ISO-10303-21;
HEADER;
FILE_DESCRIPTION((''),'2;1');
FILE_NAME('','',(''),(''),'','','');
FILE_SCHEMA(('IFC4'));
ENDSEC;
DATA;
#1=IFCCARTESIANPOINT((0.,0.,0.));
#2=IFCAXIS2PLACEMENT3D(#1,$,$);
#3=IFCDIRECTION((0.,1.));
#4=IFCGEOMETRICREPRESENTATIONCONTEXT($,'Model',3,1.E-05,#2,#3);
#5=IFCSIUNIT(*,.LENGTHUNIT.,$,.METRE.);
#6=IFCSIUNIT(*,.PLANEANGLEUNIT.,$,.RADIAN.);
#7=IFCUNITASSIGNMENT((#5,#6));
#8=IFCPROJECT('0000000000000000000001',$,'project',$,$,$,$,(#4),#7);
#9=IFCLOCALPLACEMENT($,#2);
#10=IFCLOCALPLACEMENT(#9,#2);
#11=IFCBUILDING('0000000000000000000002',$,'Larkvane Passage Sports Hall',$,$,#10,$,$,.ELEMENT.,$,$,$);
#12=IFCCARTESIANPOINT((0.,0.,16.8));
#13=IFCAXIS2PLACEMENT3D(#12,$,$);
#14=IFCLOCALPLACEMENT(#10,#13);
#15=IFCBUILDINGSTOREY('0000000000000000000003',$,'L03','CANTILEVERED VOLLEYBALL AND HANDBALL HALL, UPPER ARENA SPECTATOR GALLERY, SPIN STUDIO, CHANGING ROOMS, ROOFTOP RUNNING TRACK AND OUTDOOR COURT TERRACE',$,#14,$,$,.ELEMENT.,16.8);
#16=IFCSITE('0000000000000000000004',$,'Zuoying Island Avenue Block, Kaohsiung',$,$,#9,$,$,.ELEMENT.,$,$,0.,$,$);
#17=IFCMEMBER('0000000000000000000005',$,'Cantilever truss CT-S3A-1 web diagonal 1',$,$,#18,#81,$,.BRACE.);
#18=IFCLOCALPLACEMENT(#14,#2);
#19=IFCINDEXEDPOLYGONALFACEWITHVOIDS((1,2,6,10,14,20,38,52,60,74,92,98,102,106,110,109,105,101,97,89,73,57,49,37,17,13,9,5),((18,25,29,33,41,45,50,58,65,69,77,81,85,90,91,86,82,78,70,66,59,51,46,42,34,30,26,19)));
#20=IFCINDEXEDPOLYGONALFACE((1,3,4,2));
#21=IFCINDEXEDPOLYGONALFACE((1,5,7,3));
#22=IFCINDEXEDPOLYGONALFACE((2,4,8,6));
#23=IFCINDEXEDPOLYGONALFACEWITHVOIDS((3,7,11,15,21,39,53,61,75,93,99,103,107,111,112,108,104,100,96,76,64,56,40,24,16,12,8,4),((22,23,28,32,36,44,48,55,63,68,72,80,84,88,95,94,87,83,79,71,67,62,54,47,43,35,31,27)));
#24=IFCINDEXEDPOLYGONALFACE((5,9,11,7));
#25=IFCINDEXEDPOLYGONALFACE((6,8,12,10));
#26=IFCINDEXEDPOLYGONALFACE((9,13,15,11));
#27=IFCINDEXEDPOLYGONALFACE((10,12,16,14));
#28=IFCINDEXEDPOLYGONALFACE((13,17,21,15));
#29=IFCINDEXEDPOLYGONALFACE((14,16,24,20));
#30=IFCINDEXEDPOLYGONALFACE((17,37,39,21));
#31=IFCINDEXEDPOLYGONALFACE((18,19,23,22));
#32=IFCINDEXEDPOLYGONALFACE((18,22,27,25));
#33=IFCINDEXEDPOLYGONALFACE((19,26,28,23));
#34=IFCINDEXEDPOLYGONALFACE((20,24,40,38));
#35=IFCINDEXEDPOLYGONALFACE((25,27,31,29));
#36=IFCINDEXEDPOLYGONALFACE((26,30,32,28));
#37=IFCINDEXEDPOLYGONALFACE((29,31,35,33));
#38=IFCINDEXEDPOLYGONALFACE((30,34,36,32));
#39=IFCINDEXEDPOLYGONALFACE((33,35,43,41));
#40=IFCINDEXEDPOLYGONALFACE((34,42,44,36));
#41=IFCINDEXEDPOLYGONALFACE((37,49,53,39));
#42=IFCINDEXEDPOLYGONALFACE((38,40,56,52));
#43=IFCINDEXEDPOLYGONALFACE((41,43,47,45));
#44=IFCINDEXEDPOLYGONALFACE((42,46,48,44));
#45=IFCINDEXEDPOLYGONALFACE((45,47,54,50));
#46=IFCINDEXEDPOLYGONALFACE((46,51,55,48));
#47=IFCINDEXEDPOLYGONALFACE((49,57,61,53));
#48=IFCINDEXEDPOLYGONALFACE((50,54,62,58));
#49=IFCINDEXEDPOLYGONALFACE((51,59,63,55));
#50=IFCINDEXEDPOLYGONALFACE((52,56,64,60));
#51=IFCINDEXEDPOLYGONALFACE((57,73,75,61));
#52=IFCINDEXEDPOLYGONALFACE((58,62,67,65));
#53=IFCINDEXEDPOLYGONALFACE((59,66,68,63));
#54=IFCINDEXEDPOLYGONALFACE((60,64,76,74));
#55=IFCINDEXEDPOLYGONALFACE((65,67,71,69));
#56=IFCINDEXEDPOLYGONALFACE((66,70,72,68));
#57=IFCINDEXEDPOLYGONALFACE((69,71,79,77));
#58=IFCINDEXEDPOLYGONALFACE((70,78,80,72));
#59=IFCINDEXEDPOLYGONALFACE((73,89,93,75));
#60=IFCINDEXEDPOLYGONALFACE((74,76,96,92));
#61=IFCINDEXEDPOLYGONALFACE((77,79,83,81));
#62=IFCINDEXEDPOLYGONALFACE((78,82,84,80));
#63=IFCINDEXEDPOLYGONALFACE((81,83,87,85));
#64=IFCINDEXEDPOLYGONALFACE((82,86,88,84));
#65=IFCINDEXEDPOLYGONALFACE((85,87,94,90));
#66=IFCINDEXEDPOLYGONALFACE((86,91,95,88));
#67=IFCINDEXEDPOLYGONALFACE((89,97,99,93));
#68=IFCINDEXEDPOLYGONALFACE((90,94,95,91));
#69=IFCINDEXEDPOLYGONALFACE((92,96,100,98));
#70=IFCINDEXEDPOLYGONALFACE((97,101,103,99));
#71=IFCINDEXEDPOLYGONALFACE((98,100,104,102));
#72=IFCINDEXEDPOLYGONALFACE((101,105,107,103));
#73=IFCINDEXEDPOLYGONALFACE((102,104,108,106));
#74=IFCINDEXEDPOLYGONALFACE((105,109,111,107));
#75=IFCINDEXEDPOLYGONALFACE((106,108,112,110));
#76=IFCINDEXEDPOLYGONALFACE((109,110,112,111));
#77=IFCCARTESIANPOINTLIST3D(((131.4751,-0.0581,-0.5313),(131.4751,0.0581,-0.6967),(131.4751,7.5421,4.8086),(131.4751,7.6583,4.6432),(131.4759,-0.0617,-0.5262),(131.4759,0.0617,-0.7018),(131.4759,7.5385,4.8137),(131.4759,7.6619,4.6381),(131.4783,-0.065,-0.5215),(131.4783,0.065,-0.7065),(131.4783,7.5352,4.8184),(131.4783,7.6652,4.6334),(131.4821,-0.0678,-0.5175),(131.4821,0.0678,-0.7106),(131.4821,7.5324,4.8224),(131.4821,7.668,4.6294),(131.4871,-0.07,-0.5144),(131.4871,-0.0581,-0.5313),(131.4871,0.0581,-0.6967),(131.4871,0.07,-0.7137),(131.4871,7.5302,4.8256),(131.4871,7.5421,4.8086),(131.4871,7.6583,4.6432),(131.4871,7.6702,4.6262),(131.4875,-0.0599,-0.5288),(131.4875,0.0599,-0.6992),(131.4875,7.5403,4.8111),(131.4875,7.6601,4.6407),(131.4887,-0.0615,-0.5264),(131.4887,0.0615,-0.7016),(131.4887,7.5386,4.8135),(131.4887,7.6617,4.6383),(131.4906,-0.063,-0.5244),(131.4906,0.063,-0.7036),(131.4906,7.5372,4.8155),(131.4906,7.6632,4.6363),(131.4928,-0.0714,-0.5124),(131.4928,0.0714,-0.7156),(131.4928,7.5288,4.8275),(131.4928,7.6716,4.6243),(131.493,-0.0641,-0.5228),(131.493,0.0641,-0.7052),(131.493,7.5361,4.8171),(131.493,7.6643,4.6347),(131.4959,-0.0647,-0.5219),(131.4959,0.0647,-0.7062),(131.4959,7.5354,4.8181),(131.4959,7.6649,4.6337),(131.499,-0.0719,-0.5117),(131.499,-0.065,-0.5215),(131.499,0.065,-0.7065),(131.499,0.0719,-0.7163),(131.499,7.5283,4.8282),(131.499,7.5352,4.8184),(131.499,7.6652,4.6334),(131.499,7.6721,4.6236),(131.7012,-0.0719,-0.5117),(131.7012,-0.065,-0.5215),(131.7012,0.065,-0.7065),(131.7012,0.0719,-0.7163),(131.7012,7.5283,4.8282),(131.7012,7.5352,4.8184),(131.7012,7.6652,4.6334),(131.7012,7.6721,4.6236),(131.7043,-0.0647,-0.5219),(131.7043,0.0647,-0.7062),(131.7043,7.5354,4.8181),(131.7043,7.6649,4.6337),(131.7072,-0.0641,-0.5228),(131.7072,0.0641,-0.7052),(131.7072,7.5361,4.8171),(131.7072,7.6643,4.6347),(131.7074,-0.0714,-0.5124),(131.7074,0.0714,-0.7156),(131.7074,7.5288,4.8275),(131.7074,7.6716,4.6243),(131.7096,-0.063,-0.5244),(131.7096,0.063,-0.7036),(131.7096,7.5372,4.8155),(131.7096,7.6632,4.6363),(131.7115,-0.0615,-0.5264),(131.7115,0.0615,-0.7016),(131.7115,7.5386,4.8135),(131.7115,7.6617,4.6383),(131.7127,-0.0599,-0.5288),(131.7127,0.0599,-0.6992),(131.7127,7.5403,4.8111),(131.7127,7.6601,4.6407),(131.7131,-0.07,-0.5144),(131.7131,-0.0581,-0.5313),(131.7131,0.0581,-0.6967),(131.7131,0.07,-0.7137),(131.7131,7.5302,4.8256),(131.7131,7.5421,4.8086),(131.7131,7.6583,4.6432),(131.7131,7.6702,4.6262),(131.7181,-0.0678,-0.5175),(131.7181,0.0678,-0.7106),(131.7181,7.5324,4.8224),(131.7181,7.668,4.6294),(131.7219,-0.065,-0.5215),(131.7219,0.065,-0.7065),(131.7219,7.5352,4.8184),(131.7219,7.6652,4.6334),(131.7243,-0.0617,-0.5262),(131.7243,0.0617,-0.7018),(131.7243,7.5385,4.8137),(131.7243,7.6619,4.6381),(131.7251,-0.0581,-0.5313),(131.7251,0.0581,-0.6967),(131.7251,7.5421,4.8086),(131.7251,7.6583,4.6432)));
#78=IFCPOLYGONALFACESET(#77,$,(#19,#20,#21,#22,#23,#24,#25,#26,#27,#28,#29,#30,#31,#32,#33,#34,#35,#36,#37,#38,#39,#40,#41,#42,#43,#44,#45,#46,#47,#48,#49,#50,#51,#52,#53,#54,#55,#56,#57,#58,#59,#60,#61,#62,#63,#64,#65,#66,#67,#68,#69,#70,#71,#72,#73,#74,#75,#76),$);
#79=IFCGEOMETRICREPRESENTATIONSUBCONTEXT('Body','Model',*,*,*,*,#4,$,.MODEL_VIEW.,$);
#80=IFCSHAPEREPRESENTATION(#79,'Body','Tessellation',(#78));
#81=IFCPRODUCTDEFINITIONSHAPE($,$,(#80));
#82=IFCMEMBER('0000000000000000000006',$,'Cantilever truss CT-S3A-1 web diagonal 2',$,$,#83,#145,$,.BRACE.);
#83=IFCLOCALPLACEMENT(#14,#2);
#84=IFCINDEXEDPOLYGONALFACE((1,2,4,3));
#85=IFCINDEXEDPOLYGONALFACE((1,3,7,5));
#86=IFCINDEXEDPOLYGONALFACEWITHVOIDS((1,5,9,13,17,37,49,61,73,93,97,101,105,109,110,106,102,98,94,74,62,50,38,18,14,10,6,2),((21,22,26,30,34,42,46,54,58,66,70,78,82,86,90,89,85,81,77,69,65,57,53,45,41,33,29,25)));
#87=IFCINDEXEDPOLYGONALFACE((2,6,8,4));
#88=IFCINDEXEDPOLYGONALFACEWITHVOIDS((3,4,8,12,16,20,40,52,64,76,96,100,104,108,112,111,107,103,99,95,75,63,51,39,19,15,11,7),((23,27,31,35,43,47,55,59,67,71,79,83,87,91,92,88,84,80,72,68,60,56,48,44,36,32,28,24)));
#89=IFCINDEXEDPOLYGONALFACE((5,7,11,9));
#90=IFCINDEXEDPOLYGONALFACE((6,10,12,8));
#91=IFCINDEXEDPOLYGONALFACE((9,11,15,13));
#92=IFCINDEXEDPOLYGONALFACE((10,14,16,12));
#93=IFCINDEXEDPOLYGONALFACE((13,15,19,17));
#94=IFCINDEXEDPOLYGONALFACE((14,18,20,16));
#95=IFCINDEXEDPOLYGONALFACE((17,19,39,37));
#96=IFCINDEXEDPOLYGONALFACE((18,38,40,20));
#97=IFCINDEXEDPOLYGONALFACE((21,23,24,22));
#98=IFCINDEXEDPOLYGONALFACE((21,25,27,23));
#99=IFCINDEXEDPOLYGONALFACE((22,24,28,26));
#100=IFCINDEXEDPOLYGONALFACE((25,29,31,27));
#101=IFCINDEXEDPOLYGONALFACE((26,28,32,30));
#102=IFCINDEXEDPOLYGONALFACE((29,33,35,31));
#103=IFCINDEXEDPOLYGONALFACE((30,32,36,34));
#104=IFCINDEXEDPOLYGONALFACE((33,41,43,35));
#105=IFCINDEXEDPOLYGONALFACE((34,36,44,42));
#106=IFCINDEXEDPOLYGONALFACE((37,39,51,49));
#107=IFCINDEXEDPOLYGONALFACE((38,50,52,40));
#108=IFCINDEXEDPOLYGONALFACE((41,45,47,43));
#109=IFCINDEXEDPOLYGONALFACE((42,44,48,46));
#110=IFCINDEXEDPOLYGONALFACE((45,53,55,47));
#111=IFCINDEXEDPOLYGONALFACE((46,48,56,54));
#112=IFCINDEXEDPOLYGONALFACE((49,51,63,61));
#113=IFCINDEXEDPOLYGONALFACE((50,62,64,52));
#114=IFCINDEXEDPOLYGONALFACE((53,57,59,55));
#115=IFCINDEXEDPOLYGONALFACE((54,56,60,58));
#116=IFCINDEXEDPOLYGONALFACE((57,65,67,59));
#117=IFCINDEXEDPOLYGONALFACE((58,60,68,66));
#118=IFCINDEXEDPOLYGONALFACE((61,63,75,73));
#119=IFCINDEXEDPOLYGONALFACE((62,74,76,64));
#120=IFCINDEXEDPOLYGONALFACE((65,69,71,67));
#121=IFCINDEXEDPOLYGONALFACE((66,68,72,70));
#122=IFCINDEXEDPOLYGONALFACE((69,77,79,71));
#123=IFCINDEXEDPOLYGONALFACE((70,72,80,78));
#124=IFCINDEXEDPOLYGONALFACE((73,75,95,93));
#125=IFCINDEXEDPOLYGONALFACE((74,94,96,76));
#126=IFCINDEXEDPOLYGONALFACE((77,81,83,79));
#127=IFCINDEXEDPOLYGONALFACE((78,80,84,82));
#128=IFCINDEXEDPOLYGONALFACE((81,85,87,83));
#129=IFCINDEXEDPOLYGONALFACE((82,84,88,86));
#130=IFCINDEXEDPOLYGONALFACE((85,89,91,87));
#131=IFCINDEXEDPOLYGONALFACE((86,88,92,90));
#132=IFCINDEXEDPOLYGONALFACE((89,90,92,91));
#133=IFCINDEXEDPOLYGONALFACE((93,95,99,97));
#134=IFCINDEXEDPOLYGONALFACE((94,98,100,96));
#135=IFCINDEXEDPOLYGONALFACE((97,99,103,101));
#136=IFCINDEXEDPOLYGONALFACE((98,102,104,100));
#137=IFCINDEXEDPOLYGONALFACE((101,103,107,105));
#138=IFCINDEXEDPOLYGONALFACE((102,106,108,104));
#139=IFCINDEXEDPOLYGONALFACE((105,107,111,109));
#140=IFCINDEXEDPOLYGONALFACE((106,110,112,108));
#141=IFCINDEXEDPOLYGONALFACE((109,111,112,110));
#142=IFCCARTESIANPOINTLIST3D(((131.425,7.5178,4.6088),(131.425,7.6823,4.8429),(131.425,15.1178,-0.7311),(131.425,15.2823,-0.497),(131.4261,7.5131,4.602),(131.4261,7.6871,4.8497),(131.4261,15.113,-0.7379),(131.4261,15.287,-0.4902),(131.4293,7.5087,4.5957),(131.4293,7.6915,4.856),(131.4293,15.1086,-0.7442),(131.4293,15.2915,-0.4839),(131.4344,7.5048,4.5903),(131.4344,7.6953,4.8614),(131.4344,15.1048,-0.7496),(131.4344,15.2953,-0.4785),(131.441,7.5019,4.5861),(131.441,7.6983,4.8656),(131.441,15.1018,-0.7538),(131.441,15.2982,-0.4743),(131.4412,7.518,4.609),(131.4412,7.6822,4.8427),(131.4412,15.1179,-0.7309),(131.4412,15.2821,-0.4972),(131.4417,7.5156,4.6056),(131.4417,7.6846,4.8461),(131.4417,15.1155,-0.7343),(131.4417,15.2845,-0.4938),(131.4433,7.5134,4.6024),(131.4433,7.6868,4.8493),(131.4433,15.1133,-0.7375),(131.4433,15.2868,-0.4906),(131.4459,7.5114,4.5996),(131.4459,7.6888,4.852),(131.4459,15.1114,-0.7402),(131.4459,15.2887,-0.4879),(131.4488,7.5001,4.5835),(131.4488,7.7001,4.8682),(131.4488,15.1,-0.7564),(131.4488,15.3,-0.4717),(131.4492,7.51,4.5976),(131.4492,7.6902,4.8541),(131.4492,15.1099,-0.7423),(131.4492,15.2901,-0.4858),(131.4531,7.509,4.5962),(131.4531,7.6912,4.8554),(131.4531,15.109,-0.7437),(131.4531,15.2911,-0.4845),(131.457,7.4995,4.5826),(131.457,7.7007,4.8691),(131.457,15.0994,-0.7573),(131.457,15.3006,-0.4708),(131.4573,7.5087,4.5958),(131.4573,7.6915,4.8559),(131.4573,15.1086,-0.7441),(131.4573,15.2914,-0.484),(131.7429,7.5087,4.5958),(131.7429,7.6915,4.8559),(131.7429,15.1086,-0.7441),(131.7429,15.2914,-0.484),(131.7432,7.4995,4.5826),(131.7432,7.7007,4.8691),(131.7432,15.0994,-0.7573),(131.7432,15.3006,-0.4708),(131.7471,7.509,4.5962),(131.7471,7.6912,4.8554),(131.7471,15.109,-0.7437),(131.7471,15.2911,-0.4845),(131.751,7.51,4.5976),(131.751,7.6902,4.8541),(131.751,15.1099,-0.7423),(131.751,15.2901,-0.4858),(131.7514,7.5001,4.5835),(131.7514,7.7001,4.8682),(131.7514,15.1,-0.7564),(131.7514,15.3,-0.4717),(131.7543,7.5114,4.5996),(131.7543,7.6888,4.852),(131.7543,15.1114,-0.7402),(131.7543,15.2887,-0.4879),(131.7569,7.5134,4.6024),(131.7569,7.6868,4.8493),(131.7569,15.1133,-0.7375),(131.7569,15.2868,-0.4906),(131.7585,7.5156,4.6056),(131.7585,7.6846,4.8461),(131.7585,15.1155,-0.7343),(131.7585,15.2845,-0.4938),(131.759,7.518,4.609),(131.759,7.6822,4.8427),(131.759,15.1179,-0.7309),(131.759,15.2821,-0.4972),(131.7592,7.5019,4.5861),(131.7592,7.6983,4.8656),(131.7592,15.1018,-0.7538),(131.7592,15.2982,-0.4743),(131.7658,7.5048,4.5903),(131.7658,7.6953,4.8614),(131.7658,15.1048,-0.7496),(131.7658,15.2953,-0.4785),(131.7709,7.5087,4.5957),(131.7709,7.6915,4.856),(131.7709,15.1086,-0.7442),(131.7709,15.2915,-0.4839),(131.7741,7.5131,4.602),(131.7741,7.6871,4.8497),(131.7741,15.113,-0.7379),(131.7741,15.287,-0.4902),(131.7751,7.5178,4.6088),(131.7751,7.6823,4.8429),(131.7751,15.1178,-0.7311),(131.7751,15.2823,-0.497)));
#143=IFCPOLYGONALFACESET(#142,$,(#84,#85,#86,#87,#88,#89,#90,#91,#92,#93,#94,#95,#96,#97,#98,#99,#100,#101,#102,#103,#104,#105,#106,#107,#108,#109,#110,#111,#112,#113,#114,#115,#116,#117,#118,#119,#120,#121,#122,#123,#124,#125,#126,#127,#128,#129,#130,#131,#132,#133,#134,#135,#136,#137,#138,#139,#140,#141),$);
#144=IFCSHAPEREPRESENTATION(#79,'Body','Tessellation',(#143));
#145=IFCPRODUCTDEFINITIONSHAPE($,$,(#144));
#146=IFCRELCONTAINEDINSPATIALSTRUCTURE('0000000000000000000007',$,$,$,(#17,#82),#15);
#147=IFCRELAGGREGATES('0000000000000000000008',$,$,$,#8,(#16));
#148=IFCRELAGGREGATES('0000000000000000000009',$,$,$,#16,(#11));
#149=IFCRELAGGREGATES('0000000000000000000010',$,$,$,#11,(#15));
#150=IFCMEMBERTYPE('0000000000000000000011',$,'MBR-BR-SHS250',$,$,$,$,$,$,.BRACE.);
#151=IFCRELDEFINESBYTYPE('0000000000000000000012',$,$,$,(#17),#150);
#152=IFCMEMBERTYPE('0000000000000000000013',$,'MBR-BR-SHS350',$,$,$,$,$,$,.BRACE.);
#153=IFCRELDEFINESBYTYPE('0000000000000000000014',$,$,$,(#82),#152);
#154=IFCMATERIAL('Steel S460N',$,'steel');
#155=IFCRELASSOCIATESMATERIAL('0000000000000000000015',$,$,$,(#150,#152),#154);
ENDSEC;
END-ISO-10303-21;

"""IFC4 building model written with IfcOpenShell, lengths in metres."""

from ifc_helpers import new_model, si_unit, direction, frame, origin, origin_2d, place, context, subcontext, project, spatial, hollow_rectangle, extrude, material, material_profile, profile_set, type_object, element, save


model = new_model("IFC4")

# Units and contexts
model_context = context("Model", 3, precision=1e-05, world=origin(), true_north=direction((0.0, 1.0)))
body_context = subcontext(model_context, "Body", "Model", "MODEL_VIEW")
ifc_project = project(units=[si_unit("LENGTHUNIT", "METRE"), si_unit("PLANEANGLEUNIT", "RADIAN")], contexts=[model_context])

# Site, building, storey
site_placement = place(None, origin())
site = spatial("IfcSite", under=ifc_project, at=site_placement, Name="Zuoying Island Avenue Block, Kaohsiung", CompositionType="ELEMENT", RefElevation=0.0)
building_placement = place(site_placement, origin())
building = spatial("IfcBuilding", under=site, at=building_placement, Name="Larkvane Passage Sports Hall", CompositionType="ELEMENT")
storey_placement = place(building_placement, frame((0.0, 0.0, 16.8)))
storey = spatial("IfcBuildingStorey", under=building, at=storey_placement, Name="L03", Description="CANTILEVERED VOLLEYBALL AND HANDBALL HALL, UPPER ARENA SPECTATOR GALLERY, SPIN STUDIO, CHANGING ROOMS, ROOFTOP RUNNING TRACK AND OUTDOOR COURT TERRACE", CompositionType="ELEMENT", Elevation=16.8)

# Shared definitions
ifc_material_1 = material(Name="Steel S460N", Category="steel")

# Members
ifc_material_profile_1 = material_profile(ifc_material_1, hollow_rectangle(XDim=0.25, YDim=0.25, WallThickness=0.012, InnerFilletRadius=0.012, OuterFilletRadius=0.0239, at=origin_2d()), Name="SHS-250x250x12")
ifc_profile_set_1 = profile_set([ifc_material_profile_1], Name="Steel S460N")
member_type_1 = type_object("IfcMemberType", Name="MBR-BR-SHS250", PredefinedType="BRACE", material=ifc_profile_set_1)
member_1_placement = place(storey_placement, frame((131.6001, 0.0, -0.614), z_axis=(0.0, 0.81823, 0.57489), x_axis=(-1.0, 0.0, 0.0)))
element("IfcMember", 1, at=member_1_placement, inside=storey, type_object=member_type_1, Name="Cantilever truss CT-S3A-1 web diagonal 1", PredefinedType="BRACE", context=body_context, shape_type="SweptSolid", body=[
    extrude(hollow_rectangle(XDim=0.25, YDim=0.25, WallThickness=0.012, InnerFilletRadius=0.012, OuterFilletRadius=0.0239, at=origin_2d()), origin(), (0.0, 0.0, 1.0), 9.2886),
])
ifc_material_profile_2 = material_profile(ifc_material_1, hollow_rectangle(XDim=0.3501, YDim=0.3501, WallThickness=0.0161, InnerFilletRadius=0.0161, OuterFilletRadius=0.032, at=origin_2d()), Name="SHS-350x350x16")
ifc_profile_set_2 = profile_set([ifc_material_profile_2], Name="Steel S460N")
member_type_2 = type_object("IfcMemberType", Name="MBR-BR-SHS350", PredefinedType="BRACE", material=ifc_profile_set_2)
member_2_placement = place(storey_placement, frame((131.6001, 7.6001, 4.7258), z_axis=(0.0, 0.818222, -0.574903), x_axis=(-1.0, 0.0, 0.0)))
element("IfcMember", 2, at=member_2_placement, inside=storey, type_object=member_type_2, Name="Cantilever truss CT-S3A-1 web diagonal 2", PredefinedType="BRACE", context=body_context, shape_type="SweptSolid", body=[
    extrude(hollow_rectangle(XDim=0.3501, YDim=0.3501, WallThickness=0.0161, InnerFilletRadius=0.0161, OuterFilletRadius=0.032, at=origin_2d()), origin(), (0.0, 0.0, 1.0), 9.2883),
])

save(model, "model.ifc")
